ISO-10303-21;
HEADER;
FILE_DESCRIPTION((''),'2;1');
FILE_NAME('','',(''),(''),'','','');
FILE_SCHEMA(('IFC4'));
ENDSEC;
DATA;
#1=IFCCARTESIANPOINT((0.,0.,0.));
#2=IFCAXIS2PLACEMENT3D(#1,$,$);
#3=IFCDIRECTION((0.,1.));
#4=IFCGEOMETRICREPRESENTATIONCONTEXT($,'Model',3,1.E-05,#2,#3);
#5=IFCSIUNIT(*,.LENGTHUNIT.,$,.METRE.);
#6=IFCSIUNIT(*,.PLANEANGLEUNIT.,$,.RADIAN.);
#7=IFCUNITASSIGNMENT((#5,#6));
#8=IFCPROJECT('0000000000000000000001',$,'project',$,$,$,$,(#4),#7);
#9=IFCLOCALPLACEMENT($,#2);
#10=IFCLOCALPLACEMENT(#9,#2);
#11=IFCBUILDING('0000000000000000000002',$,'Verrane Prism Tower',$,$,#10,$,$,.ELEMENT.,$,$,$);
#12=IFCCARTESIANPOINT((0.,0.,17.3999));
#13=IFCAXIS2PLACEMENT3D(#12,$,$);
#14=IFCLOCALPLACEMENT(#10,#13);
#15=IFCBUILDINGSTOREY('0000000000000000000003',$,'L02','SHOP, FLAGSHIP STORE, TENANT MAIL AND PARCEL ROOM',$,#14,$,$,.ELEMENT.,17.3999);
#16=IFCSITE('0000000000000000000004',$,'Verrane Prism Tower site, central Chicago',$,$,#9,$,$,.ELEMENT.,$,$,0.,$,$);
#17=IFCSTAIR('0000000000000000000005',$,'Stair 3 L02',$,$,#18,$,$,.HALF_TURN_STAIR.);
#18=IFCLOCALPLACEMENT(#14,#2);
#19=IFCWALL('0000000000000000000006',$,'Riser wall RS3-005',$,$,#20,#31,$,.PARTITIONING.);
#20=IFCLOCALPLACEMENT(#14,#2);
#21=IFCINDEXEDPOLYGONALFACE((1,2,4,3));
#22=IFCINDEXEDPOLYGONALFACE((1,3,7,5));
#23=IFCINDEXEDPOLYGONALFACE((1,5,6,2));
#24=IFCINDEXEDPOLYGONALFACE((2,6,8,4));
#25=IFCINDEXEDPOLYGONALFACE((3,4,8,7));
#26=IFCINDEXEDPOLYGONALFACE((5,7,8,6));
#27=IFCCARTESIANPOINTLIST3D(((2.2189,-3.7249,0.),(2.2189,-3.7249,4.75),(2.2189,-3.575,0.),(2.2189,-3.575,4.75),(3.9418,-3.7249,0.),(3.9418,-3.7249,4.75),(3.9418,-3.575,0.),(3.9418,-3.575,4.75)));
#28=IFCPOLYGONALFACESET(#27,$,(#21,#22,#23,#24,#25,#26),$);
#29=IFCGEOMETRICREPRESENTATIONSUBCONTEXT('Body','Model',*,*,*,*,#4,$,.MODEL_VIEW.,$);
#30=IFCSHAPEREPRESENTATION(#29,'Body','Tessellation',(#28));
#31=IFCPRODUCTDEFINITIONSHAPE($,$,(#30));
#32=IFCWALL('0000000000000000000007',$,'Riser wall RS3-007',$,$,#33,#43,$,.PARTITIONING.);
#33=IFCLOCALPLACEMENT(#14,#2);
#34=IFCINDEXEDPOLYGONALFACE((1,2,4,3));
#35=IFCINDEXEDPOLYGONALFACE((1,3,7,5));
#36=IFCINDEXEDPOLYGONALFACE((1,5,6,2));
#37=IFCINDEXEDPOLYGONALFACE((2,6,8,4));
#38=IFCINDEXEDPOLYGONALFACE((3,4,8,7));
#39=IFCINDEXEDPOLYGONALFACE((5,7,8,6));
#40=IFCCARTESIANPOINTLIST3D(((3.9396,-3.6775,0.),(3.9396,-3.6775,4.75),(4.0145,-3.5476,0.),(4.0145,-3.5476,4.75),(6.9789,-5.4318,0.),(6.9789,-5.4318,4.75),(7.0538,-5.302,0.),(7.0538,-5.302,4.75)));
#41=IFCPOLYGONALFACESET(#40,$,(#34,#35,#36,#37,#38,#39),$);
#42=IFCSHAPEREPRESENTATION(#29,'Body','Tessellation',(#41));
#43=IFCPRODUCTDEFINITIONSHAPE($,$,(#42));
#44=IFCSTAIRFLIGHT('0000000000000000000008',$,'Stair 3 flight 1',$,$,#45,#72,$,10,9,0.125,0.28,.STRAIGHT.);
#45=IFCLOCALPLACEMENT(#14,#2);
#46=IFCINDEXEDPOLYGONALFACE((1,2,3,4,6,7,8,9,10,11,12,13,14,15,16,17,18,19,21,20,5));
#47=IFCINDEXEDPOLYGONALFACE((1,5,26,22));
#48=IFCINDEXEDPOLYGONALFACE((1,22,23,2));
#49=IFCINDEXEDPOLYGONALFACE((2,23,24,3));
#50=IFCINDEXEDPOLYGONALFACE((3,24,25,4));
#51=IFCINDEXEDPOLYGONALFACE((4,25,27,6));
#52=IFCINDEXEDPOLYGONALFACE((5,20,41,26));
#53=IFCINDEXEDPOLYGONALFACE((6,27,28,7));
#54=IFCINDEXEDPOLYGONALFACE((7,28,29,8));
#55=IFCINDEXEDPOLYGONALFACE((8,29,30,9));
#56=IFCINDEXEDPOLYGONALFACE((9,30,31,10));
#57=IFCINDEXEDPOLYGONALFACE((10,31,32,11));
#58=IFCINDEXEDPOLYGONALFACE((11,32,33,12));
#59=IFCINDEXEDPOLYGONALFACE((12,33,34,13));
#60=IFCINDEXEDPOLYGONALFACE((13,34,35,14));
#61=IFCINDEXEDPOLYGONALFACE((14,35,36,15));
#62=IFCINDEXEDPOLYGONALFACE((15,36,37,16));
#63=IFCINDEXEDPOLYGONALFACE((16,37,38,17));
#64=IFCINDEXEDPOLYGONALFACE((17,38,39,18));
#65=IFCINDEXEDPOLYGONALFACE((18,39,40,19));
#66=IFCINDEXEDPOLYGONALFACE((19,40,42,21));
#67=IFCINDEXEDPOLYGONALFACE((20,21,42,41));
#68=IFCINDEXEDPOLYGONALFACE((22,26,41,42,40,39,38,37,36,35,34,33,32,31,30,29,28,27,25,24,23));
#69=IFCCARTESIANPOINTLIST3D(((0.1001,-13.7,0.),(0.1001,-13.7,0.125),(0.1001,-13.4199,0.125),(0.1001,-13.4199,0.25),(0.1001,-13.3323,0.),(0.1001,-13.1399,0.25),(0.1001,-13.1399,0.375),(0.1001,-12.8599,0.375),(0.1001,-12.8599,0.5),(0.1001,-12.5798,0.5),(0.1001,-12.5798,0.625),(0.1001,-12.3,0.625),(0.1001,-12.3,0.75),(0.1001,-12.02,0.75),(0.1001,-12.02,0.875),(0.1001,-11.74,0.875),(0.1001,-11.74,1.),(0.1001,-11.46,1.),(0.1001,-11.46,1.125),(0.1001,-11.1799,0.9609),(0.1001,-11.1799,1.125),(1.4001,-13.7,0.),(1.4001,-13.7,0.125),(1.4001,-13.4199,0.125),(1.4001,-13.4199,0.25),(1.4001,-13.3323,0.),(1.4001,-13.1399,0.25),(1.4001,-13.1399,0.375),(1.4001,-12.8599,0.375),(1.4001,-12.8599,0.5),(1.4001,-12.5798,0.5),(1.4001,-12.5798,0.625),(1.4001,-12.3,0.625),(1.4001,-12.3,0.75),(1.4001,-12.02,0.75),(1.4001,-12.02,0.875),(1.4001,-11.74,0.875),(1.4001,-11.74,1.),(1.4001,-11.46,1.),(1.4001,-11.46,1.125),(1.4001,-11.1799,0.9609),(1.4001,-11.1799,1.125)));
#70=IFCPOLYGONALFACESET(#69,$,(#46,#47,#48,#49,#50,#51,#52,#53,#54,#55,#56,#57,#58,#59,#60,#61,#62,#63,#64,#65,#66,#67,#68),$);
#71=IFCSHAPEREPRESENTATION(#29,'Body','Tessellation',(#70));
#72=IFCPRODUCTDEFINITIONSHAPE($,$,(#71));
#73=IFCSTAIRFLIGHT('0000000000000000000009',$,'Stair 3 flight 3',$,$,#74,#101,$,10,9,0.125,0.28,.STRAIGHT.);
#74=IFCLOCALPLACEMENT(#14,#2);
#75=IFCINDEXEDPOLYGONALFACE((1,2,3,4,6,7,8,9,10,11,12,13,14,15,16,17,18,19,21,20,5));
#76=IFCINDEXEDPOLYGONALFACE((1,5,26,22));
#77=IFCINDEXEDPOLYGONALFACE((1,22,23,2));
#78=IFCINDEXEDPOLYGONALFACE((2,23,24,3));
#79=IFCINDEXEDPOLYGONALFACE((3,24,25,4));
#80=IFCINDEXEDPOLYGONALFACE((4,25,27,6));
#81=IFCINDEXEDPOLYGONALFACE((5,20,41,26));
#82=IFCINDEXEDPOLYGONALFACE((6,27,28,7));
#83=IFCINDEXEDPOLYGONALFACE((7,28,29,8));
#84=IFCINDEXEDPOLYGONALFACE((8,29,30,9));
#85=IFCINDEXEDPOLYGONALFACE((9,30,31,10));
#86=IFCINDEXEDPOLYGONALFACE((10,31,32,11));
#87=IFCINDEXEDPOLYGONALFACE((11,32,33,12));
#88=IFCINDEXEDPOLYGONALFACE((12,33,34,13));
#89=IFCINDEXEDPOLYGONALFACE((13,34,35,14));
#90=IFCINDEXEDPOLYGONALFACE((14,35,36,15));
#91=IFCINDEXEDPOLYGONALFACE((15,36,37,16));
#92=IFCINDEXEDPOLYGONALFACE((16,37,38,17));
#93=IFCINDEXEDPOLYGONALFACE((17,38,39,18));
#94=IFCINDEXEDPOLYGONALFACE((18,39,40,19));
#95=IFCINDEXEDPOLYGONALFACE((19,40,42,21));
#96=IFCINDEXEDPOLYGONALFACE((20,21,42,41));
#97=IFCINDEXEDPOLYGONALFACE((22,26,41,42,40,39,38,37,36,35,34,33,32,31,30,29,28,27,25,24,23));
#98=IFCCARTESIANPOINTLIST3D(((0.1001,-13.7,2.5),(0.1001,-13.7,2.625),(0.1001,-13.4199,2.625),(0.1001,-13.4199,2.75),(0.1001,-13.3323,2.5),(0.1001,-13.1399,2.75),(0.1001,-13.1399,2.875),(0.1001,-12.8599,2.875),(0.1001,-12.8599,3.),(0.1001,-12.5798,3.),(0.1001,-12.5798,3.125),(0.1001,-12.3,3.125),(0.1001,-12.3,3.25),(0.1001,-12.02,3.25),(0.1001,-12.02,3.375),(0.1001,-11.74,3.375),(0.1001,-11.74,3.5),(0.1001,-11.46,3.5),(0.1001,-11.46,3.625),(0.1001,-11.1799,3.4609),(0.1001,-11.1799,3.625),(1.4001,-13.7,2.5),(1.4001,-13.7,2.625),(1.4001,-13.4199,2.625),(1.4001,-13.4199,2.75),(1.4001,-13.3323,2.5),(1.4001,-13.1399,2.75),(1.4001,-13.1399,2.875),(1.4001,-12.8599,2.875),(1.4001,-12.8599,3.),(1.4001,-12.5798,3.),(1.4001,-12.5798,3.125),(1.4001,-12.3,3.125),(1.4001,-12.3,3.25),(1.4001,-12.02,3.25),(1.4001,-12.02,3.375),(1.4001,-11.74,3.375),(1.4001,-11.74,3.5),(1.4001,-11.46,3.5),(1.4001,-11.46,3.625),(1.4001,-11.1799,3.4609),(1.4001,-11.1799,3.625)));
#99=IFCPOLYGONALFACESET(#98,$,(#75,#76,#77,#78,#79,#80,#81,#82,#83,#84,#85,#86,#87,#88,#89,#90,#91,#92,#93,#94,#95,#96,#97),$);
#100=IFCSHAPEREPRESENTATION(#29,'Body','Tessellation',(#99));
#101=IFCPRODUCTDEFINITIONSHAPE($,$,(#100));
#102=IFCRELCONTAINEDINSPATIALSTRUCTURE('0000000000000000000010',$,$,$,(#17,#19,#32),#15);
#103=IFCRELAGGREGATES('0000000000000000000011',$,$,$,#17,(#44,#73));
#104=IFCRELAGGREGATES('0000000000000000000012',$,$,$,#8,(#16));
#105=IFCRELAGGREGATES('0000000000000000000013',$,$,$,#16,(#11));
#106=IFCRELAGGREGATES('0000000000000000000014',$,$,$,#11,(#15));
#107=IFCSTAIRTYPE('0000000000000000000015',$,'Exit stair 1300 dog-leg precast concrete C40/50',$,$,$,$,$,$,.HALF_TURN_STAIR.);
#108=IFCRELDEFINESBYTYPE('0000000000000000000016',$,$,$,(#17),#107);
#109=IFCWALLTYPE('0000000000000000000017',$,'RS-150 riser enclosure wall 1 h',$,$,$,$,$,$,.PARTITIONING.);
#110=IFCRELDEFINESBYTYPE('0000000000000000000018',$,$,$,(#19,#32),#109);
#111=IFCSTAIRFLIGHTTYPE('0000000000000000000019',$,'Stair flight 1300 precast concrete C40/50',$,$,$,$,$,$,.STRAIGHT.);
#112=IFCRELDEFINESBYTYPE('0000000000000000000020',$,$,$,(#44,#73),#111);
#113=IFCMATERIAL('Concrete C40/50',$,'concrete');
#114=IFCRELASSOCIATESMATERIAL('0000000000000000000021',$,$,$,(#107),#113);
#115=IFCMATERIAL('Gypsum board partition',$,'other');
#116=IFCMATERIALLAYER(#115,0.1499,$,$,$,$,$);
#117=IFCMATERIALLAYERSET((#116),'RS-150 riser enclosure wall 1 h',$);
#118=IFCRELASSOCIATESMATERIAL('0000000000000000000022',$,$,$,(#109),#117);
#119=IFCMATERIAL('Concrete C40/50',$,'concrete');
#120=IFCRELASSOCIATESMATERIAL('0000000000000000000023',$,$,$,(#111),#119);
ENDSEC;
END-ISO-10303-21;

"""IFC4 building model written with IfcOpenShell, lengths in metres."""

from ifc_helpers import new_model, si_unit, direction, frame, frame_2d, origin, place, context, subcontext, project, spatial, polyline, rectangle, outline, extrude, material, layer, layer_set, type_object, element, aggregate, save


model = new_model("IFC4")

# Units and contexts
model_context = context("Model", 3, precision=1e-05, world=origin(), true_north=direction((0.0, 1.0)))
body_context = subcontext(model_context, "Body", "Model", "MODEL_VIEW")
ifc_project = project(units=[si_unit("LENGTHUNIT", "METRE"), si_unit("PLANEANGLEUNIT", "RADIAN")], contexts=[model_context])

# Site, building, storey
site_placement = place(None, origin())
site = spatial("IfcSite", under=ifc_project, at=site_placement, Name="Verrane Prism Tower site, central Chicago", CompositionType="ELEMENT", RefElevation=0.0)
building_placement = place(site_placement, origin())
building = spatial("IfcBuilding", under=site, at=building_placement, Name="Verrane Prism Tower", CompositionType="ELEMENT")
storey_placement = place(building_placement, frame((0.0, 0.0, 17.3999)))
storey = spatial("IfcBuildingStorey", under=building, at=storey_placement, Name="L02", Description="SHOP, FLAGSHIP STORE, TENANT MAIL AND PARCEL ROOM", CompositionType="ELEMENT", Elevation=17.3999)

# Stair
ifc_material_1 = material(Name="Concrete C40/50", Category="concrete")
stair_type = type_object("IfcStairType", Name="Exit stair 1300 dog-leg precast concrete C40/50", PredefinedType="HALF_TURN_STAIR", material=ifc_material_1)
stair_1_placement = place(storey_placement, origin())
stair_1 = element("IfcStair", 1, at=stair_1_placement, inside=storey, type_object=stair_type, Name="Stair 3 L02", PredefinedType="HALF_TURN_STAIR")

# Shared definitions
ifc_material_2 = material(Name="Gypsum board partition", Category="other")
ifc_layer_1 = layer(ifc_material_2, 0.1499)
ifc_layer_set_1 = layer_set([ifc_layer_1], Name="RS-150 riser enclosure wall 1 h")
wall_type_1 = type_object("IfcWallType", Name="RS-150 riser enclosure wall 1 h", PredefinedType="PARTITIONING", material=ifc_layer_set_1)

# Walls
wall_1_placement = place(storey_placement, frame((2.219, -3.6499, 0.0), z_axis=(0.0, 0.0, 1.0), x_axis=(1.0, 0.0, 0.0)))
element("IfcWall", 2, at=wall_1_placement, inside=storey, type_object=wall_type_1, Name="Riser wall RS3-005", PredefinedType="PARTITIONING", context=body_context, shape_type="SweptSolid", body=[
    extrude(rectangle(XDim=1.7229, YDim=0.1499, at=frame_2d((0.8613, 0.0))), origin(), (0.0, 0.0, 1.0), 4.75),
])
wall_2_placement = place(storey_placement, frame((3.9771, -3.6125, 0.0), z_axis=(0.0, 0.0, 1.0), x_axis=(0.866069, -0.499925, 0.0)))
element("IfcWall", 3, at=wall_2_placement, inside=storey, type_object=wall_type_1, Name="Riser wall RS3-007", PredefinedType="PARTITIONING", context=body_context, shape_type="SweptSolid", body=[
    extrude(rectangle(XDim=3.5093, YDim=0.1499, at=frame_2d((1.7546, 0.0))), origin(), (0.0, 0.0, 1.0), 4.75),
])

# Stair flights
ifc_material_3 = material(Name="Concrete C40/50", Category="concrete")
stair_flight_type = type_object("IfcStairFlightType", Name="Stair flight 1300 precast concrete C40/50", PredefinedType="STRAIGHT", material=ifc_material_3)
stair_flight_1_placement = place(storey_placement, frame((0.75, -13.7, 0.0), z_axis=(0.0, 0.0, 1.0), x_axis=(0.0, 1.0, 0.0)))
stair_flight_1 = element("IfcStairFlight", 4, at=stair_flight_1_placement, type_object=stair_flight_type, Name="Stair 3 flight 1", NumberOfRisers=10, NumberOfTreads=9, PredefinedType="STRAIGHT", RiserHeight=0.125, TreadLength=0.28, context=body_context, shape_type="SweptSolid", body=[
    extrude(outline(polyline([(0.0, 0.0), (0.0, 0.125), (0.28, 0.125), (0.28, 0.25), (0.5601, 0.25), (0.5601, 0.375), (0.8401, 0.375), (0.8401, 0.5), (1.1201, 0.5), (1.1201, 0.625), (1.3999, 0.625), (1.3999, 0.75), (1.6799, 0.75), (1.6799, 0.875), (1.96, 0.875), (1.96, 1.0), (2.24, 1.0), (2.24, 1.125), (2.52, 1.125), (2.52, 1.25), (2.52, 0.9609), (0.3677, 0.0), (0.0, 0.0)])), frame((0.0, 0.6499, 0.0), z_axis=(0.0, -1.0, 0.0), x_axis=(1.0, 0.0, 0.0)), (0.0, 0.0, 1.0), 1.3),
])
stair_flight_2_placement = place(storey_placement, frame((0.75, -13.7, 2.5), z_axis=(0.0, 0.0, 1.0), x_axis=(0.0, 1.0, 0.0)))
stair_flight_2 = element("IfcStairFlight", 5, at=stair_flight_2_placement, type_object=stair_flight_type, Name="Stair 3 flight 3", NumberOfRisers=10, NumberOfTreads=9, PredefinedType="STRAIGHT", RiserHeight=0.125, TreadLength=0.28, context=body_context, shape_type="SweptSolid", body=[
    extrude(outline(polyline([(0.0, 0.0), (0.0, 0.125), (0.28, 0.125), (0.28, 0.25), (0.5601, 0.25), (0.5601, 0.375), (0.8401, 0.375), (0.8401, 0.5), (1.1201, 0.5), (1.1201, 0.625), (1.3999, 0.625), (1.3999, 0.75), (1.6799, 0.75), (1.6799, 0.875), (1.96, 0.875), (1.96, 1.0), (2.24, 1.0), (2.24, 1.125), (2.52, 1.125), (2.52, 1.25), (2.52, 0.9609), (0.3677, 0.0), (0.0, 0.0)])), frame((0.0, 0.6499, 0.0), z_axis=(0.0, -1.0, 0.0), x_axis=(1.0, 0.0, 0.0)), (0.0, 0.0, 1.0), 1.3),
])
aggregate(stair_1, [stair_flight_1, stair_flight_2])

save(model, "model.ifc")
